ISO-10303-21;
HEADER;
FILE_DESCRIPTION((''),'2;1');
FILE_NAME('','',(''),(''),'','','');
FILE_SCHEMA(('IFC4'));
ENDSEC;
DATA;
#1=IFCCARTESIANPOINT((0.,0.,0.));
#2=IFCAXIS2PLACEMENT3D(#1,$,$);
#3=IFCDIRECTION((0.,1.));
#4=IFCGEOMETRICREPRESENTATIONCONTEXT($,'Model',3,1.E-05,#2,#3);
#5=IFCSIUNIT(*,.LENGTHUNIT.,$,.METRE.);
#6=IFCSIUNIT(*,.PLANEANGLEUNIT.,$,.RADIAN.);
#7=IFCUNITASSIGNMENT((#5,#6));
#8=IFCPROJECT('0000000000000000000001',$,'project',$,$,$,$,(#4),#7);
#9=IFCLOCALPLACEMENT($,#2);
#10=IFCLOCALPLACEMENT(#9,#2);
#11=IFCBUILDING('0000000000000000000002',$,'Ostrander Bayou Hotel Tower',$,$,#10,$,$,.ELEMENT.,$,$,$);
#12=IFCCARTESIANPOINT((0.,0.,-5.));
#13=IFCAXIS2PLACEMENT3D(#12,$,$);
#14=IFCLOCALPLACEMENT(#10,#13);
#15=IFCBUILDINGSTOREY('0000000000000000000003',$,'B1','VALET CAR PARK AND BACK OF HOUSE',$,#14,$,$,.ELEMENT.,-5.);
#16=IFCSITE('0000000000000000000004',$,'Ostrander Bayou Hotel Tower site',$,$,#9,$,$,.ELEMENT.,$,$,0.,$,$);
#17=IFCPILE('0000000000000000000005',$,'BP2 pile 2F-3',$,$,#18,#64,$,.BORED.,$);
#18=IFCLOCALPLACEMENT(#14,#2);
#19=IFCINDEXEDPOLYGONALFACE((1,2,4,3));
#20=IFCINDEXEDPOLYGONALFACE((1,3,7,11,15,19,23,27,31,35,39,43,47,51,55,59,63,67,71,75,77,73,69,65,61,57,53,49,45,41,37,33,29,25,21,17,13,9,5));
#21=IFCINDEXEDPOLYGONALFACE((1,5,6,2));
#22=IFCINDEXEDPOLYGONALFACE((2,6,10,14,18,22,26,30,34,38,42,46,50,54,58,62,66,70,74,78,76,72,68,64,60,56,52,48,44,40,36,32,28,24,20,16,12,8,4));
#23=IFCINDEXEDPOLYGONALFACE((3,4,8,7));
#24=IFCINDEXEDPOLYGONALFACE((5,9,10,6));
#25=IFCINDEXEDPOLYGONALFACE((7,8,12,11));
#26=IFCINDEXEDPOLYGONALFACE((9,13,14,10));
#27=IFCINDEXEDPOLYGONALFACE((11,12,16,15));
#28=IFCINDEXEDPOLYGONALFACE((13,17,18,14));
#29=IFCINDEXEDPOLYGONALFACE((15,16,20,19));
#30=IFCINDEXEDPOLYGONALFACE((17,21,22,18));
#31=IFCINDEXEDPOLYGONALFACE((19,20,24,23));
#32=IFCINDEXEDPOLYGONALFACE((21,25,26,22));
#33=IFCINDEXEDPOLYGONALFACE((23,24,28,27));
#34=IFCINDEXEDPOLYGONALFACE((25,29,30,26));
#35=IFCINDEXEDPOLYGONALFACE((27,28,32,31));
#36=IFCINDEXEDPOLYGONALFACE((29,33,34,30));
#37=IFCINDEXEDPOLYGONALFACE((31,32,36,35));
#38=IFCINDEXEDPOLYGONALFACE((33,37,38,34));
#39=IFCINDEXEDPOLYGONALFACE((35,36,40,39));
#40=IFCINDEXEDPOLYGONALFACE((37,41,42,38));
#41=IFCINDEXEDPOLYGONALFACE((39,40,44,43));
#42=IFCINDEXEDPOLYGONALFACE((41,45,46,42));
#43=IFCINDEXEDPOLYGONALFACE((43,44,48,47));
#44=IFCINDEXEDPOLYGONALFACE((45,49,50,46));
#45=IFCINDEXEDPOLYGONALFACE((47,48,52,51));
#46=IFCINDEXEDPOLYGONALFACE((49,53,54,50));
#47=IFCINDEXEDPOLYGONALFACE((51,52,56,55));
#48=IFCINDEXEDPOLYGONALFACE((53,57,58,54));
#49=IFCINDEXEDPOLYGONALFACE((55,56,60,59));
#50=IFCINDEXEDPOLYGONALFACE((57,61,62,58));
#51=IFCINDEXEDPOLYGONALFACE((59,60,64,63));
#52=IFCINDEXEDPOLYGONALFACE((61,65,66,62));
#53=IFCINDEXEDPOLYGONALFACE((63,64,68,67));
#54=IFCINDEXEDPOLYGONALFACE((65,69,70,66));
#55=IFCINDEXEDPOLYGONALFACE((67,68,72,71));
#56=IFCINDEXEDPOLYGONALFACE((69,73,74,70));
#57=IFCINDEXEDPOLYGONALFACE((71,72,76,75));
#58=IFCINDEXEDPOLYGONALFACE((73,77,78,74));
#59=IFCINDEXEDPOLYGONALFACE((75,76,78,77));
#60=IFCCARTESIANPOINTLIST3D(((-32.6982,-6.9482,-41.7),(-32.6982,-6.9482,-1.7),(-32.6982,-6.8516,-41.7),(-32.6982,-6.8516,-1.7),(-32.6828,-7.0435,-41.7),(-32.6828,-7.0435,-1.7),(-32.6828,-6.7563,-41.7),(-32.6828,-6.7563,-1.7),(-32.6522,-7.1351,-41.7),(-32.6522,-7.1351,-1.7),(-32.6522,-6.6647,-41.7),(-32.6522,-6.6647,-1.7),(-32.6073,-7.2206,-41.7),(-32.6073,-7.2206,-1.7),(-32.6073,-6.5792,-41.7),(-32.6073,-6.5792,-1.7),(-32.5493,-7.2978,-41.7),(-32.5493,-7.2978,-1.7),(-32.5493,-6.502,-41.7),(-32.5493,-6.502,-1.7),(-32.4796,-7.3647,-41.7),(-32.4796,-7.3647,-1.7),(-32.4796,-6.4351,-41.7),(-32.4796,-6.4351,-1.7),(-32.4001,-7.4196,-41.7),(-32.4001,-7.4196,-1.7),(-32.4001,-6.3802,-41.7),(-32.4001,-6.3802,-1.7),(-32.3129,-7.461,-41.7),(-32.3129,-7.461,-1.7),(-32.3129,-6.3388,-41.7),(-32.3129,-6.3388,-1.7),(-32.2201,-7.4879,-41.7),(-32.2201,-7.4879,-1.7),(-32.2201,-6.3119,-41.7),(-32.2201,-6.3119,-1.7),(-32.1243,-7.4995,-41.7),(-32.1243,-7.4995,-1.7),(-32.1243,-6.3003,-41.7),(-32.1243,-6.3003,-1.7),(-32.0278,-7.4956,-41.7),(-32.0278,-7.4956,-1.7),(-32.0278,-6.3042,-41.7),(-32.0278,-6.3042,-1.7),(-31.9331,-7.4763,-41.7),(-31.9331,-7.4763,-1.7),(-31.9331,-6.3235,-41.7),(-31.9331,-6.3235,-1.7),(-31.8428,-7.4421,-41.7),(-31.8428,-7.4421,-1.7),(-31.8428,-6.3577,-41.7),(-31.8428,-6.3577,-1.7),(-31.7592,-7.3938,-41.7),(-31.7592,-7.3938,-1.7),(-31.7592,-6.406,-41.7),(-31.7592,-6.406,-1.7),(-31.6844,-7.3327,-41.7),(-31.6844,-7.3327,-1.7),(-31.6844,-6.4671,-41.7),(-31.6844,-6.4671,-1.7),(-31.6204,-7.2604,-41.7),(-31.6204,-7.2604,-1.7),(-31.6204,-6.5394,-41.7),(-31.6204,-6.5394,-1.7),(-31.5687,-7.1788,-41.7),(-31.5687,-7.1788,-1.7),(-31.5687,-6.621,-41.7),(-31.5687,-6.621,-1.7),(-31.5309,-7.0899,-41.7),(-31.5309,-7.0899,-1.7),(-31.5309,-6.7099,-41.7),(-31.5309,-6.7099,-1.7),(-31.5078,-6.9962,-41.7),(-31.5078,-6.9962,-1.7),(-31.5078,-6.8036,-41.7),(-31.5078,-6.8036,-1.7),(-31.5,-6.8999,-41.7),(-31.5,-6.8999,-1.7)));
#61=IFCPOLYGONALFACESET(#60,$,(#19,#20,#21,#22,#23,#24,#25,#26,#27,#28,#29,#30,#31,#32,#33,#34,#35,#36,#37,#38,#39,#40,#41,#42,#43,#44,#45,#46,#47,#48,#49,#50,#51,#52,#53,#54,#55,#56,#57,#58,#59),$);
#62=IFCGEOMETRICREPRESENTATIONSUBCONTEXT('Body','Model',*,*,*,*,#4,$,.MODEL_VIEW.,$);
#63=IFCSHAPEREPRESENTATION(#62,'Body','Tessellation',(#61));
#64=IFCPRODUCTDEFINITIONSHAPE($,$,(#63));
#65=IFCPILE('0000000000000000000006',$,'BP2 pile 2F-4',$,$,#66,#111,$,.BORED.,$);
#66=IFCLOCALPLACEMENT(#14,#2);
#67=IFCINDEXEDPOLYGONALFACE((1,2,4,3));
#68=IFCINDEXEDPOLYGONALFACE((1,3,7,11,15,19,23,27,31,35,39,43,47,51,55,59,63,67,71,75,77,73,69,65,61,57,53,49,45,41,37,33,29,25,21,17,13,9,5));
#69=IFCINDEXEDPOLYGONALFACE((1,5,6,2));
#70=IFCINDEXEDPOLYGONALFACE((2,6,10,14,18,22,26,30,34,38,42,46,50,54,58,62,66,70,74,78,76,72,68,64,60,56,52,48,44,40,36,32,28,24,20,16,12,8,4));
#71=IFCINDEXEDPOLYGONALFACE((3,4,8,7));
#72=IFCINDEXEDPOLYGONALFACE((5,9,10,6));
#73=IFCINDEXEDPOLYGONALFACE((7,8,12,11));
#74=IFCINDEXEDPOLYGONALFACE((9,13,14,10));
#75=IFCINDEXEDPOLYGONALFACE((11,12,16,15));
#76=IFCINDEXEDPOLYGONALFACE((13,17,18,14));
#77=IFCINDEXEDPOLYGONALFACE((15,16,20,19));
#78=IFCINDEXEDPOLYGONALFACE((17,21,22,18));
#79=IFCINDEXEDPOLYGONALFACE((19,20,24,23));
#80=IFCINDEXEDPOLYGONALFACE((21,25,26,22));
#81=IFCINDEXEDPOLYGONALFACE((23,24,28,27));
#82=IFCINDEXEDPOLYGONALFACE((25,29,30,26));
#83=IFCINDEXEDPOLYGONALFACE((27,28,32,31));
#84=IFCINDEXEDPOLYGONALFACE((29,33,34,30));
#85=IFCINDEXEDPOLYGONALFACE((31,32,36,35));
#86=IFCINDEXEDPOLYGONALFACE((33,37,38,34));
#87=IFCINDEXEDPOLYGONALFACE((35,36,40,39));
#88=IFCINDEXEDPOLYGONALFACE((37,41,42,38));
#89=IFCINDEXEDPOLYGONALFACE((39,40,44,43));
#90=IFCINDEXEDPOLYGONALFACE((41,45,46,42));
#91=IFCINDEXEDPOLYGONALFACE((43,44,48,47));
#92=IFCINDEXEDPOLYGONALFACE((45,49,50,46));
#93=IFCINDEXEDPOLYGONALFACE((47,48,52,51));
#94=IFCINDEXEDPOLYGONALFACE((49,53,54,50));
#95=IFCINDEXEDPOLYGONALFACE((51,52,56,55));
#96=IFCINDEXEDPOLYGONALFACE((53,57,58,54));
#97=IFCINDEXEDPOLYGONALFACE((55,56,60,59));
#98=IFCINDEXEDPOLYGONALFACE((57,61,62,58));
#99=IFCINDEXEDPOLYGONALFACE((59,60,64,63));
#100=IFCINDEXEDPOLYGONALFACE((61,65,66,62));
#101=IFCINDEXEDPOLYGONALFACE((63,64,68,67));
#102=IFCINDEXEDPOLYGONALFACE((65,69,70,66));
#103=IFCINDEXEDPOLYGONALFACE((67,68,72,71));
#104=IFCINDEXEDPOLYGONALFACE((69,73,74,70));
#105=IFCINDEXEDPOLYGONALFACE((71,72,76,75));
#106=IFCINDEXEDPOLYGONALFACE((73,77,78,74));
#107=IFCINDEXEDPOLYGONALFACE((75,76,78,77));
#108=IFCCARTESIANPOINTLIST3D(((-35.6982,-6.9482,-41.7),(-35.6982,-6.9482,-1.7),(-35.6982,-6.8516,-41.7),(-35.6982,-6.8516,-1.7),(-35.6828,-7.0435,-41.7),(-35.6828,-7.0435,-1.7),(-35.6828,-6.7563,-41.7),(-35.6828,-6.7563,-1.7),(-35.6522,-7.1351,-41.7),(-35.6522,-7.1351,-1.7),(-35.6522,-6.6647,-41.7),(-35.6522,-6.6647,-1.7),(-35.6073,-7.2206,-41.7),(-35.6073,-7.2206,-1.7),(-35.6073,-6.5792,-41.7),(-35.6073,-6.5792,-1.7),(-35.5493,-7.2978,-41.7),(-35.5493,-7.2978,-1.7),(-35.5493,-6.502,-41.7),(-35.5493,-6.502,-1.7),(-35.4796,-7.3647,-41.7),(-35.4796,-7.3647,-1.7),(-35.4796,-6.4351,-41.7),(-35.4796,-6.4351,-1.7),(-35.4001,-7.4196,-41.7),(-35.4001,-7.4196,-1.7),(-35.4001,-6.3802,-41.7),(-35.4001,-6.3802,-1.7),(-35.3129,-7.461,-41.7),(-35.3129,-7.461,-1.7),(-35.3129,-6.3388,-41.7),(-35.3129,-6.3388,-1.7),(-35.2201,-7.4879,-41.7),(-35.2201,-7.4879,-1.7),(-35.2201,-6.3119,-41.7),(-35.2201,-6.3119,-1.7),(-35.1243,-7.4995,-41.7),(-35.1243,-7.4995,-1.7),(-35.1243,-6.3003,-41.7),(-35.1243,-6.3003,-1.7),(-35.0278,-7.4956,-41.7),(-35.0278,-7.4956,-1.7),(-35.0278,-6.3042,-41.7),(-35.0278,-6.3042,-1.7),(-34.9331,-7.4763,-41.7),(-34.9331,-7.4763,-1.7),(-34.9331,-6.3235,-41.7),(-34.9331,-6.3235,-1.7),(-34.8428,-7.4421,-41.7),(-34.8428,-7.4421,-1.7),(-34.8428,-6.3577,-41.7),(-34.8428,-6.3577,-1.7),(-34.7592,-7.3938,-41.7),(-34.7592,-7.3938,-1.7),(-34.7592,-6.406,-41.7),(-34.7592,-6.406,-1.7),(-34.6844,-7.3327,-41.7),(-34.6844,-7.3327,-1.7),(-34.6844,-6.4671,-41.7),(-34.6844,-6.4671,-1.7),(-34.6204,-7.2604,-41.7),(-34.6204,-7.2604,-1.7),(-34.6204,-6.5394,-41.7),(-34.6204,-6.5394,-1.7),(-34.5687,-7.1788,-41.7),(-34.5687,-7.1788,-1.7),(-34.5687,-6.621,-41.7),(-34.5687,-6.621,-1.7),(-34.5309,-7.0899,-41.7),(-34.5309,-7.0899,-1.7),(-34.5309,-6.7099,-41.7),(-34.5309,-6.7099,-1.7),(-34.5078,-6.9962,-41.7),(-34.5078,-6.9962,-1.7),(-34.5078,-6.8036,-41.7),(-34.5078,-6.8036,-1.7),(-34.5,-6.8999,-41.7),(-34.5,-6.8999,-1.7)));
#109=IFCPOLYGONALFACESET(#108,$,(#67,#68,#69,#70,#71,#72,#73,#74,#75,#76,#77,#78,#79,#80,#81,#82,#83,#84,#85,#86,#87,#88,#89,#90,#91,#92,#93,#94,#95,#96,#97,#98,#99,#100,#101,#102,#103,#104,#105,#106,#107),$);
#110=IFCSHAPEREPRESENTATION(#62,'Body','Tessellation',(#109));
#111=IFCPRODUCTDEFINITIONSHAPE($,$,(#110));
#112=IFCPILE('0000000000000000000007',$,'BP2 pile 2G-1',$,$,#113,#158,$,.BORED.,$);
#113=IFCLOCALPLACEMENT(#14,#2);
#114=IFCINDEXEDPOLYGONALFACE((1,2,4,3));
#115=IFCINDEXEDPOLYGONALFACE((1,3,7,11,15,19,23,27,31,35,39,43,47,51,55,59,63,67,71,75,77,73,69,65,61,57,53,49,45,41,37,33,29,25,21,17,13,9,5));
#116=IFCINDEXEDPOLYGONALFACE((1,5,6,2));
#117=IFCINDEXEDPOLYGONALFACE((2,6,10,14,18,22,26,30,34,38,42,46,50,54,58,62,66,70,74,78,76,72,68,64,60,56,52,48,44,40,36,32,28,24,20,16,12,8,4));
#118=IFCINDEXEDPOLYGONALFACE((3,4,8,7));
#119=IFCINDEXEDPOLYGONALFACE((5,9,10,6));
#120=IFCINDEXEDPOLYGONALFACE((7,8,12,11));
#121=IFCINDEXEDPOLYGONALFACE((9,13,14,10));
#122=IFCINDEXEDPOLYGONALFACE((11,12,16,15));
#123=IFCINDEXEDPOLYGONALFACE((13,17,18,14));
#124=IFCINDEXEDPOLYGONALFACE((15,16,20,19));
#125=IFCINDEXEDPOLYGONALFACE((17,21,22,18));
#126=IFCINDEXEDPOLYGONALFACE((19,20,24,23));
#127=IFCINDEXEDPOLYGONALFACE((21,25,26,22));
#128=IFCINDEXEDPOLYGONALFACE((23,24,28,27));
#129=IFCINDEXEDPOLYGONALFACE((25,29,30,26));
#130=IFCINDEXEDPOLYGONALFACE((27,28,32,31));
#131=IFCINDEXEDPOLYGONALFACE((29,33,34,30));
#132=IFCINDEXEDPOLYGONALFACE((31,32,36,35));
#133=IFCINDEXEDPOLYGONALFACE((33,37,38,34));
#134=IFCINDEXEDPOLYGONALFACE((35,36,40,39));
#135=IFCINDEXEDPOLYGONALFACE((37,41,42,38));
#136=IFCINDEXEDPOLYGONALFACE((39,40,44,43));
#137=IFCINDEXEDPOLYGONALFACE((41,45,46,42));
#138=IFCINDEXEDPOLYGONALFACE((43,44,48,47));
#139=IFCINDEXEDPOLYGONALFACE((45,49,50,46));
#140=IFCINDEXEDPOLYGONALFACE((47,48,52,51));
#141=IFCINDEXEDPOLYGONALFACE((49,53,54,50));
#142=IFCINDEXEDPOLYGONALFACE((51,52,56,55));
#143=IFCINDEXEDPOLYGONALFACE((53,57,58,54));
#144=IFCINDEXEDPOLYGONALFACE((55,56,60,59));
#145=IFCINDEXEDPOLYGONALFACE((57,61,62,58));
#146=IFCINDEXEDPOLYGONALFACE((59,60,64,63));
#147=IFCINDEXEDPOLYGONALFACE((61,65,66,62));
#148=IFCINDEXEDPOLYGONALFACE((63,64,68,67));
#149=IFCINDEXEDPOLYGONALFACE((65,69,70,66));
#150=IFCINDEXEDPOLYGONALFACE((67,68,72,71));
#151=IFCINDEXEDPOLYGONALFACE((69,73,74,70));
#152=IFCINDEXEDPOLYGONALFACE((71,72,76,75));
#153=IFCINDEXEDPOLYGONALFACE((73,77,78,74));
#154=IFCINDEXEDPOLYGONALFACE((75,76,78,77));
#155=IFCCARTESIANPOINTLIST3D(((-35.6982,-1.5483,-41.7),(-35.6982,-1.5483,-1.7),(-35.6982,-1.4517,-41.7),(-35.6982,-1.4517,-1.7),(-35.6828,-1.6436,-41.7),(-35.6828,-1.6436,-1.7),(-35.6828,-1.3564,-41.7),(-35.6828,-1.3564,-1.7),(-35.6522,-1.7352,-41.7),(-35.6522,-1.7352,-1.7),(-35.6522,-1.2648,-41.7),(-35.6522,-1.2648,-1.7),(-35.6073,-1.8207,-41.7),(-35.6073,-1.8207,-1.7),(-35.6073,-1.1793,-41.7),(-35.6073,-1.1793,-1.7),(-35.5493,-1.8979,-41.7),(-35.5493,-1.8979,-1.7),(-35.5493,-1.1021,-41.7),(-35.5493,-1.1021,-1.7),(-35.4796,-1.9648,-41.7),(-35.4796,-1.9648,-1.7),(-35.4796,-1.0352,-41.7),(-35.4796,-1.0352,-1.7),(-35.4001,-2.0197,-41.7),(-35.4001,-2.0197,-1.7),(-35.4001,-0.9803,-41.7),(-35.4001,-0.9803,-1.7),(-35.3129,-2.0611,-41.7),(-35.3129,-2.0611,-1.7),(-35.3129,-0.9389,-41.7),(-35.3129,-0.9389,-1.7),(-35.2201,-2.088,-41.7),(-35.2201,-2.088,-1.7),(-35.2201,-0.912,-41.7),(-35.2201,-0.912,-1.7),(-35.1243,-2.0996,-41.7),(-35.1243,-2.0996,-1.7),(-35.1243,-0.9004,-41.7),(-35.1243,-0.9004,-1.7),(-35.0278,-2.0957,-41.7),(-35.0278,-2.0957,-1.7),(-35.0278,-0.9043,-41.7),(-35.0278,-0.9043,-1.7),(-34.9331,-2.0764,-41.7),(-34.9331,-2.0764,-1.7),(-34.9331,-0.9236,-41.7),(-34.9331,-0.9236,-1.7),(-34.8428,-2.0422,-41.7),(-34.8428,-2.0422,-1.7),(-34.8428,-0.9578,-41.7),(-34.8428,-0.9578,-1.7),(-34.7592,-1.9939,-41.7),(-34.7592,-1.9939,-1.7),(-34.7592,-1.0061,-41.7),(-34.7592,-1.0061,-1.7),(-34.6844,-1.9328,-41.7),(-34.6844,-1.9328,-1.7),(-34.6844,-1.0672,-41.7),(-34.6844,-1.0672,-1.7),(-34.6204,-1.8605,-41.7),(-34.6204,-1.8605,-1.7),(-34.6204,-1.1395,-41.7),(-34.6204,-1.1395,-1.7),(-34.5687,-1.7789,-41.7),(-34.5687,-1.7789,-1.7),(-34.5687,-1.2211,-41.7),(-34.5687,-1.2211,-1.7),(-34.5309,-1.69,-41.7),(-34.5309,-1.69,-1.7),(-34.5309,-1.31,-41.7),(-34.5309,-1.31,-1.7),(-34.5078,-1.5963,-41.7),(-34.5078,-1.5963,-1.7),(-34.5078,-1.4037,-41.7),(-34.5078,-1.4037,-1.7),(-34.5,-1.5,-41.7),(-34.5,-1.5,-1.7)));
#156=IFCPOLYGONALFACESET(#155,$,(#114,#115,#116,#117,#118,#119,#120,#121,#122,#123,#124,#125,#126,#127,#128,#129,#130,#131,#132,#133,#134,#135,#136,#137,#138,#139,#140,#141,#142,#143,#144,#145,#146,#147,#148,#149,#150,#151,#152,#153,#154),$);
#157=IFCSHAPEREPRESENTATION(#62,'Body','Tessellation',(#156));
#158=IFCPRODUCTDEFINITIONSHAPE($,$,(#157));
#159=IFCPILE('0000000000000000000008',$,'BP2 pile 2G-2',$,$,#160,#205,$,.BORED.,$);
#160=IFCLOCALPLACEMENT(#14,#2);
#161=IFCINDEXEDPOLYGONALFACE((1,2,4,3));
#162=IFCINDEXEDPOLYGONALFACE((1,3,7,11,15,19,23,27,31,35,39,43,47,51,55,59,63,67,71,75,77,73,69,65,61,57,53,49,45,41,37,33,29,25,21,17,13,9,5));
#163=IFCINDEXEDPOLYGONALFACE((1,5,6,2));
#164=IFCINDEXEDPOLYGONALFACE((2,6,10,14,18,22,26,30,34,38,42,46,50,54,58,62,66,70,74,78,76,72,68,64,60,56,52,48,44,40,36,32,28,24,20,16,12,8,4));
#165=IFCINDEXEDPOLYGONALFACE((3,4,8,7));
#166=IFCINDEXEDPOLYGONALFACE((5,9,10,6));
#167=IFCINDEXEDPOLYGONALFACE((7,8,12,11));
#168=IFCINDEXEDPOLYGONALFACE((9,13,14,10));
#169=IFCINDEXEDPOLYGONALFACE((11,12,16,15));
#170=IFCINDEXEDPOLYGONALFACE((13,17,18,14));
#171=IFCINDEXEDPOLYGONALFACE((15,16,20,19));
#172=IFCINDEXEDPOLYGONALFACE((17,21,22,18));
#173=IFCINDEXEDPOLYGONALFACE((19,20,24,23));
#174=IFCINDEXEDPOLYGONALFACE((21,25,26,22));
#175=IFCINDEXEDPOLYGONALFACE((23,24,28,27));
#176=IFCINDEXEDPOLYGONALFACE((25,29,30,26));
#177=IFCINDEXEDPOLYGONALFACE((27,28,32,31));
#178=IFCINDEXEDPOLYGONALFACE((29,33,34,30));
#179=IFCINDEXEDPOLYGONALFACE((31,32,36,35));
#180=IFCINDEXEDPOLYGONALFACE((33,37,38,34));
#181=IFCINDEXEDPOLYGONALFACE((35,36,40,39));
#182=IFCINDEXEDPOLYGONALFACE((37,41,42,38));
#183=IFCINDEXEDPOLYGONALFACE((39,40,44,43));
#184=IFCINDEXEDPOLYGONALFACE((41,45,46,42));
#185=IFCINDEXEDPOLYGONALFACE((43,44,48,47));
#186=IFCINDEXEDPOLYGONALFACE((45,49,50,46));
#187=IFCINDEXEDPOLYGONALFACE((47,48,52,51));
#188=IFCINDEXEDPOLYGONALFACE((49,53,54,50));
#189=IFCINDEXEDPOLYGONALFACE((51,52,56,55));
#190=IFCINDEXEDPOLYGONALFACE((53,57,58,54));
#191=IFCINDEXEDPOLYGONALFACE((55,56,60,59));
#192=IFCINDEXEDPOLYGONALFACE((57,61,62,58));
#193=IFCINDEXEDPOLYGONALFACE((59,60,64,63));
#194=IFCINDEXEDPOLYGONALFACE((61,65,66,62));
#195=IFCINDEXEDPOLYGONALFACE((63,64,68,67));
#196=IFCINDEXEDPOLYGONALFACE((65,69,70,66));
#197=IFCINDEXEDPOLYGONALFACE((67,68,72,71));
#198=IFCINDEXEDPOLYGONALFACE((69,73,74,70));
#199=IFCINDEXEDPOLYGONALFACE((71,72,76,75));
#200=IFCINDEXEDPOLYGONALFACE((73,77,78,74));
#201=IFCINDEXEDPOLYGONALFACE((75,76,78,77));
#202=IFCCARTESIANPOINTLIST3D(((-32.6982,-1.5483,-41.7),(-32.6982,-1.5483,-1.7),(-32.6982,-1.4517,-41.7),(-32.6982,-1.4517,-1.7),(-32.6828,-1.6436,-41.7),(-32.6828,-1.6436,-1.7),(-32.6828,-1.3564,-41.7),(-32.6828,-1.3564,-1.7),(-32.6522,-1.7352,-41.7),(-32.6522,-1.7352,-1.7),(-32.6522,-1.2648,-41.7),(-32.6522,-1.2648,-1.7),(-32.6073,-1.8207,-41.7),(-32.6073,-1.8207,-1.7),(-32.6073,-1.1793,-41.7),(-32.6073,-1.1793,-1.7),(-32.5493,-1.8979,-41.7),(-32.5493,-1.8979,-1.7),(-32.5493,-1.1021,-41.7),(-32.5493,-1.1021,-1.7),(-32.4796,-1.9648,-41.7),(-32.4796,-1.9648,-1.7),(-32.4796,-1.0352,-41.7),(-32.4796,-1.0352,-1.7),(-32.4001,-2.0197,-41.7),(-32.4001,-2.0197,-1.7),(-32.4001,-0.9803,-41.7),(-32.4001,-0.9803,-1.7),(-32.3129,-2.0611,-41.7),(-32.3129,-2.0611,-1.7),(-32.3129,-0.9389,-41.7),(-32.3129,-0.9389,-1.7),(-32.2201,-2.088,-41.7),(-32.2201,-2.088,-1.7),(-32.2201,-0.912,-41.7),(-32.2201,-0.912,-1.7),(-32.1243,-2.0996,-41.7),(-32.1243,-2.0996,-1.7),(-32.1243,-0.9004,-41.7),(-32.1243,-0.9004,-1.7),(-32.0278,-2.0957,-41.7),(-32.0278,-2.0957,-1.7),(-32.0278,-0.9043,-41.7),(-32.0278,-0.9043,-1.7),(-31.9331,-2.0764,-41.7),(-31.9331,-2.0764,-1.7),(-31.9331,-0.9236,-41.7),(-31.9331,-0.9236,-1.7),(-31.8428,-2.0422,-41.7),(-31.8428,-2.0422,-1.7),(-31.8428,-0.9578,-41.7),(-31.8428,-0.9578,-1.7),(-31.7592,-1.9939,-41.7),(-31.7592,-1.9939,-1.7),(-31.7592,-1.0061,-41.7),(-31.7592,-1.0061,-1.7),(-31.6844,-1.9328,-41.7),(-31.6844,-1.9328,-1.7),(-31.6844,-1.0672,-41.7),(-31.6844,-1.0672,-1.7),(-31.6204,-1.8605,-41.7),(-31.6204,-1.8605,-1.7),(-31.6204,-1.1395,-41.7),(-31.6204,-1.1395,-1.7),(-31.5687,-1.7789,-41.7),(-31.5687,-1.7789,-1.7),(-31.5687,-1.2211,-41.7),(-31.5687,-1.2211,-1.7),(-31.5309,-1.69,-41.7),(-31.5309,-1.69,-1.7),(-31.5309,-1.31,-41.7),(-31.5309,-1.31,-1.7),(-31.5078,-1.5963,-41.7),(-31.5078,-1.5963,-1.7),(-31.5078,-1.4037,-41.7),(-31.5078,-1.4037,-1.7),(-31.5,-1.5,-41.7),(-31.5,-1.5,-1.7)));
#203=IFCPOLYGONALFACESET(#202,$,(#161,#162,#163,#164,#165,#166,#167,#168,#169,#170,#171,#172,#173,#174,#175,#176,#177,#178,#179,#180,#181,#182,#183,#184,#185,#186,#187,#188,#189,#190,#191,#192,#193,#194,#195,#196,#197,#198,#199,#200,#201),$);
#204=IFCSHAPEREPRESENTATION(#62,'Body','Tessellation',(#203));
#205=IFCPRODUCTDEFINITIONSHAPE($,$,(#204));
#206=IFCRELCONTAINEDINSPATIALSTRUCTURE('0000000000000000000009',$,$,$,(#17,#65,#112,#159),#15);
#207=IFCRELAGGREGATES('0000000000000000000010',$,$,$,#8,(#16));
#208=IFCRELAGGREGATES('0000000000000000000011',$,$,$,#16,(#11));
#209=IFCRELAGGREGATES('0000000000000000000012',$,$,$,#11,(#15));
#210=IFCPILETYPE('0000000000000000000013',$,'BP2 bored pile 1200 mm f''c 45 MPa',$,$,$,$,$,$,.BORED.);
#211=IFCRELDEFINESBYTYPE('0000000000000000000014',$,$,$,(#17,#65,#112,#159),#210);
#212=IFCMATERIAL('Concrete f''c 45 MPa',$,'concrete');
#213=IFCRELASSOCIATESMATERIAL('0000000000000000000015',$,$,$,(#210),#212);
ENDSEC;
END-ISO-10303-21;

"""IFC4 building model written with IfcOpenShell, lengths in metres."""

from ifc_helpers import new_model, si_unit, direction, frame, origin, origin_2d, place, context, subcontext, project, spatial, circle, extrude, material, material_profile, profile_set, type_object, element, save


model = new_model("IFC4")

# Units and contexts
model_context = context("Model", 3, precision=1e-05, world=origin(), true_north=direction((0.0, 1.0)))
body_context = subcontext(model_context, "Body", "Model", "MODEL_VIEW")
ifc_project = project(units=[si_unit("LENGTHUNIT", "METRE"), si_unit("PLANEANGLEUNIT", "RADIAN")], contexts=[model_context])

# Site, building, storey
site_placement = place(None, origin())
site = spatial("IfcSite", under=ifc_project, at=site_placement, Name="Ostrander Bayou Hotel Tower site", CompositionType="ELEMENT", RefElevation=0.0)
building_placement = place(site_placement, origin())
building = spatial("IfcBuilding", under=site, at=building_placement, Name="Ostrander Bayou Hotel Tower", CompositionType="ELEMENT")
storey_placement = place(building_placement, frame((0.0, 0.0, -5.0)))
storey = spatial("IfcBuildingStorey", under=building, at=storey_placement, Name="B1", Description="VALET CAR PARK AND BACK OF HOUSE", CompositionType="ELEMENT", Elevation=-5.0)

# Piles
ifc_material_1 = material(Name="Concrete f'c 45 MPa", Category="concrete")
ifc_material_profile_1 = material_profile(ifc_material_1, circle(Radius=0.6001, at=origin_2d()))
ifc_profile_set_1 = profile_set([ifc_material_profile_1], Name="Concrete f'c 45 MPa")
pile_type = type_object("IfcPileType", Name="BP2 bored pile 1200 mm f'c 45 MPa", PredefinedType="BORED", material=ifc_profile_set_1)
for number, where, z_axis, x_axis, name in (
    (1, (-32.1001, -6.8999, -1.7), (0.0, 0.0, -1.0), (1.0, 0.0, 0.0), "BP2 pile 2F-3"),
    (2, (-35.1001, -6.8999, -1.7), (0.0, 0.0, -1.0), (1.0, 0.0, 0.0), "BP2 pile 2F-4"),
    (3, (-35.1001, -1.5, -1.7), (0.0, 0.0, -1.0), (1.0, 0.0, 0.0), "BP2 pile 2G-1"),
    (4, (-32.1001, -1.5, -1.7), (0.0, 0.0, -1.0), (1.0, 0.0, 0.0), "BP2 pile 2G-2"),
):
    element("IfcPile", number, at=place(storey_placement, frame(where, z_axis=z_axis, x_axis=x_axis)), inside=storey, type_object=pile_type, Name=name, PredefinedType="BORED", context=body_context, shape_type="SweptSolid", body=[
        extrude(circle(Radius=0.6001, at=origin_2d()), origin(), (0.0, 0.0, 1.0), 40.0),
    ])

save(model, "model.ifc")
